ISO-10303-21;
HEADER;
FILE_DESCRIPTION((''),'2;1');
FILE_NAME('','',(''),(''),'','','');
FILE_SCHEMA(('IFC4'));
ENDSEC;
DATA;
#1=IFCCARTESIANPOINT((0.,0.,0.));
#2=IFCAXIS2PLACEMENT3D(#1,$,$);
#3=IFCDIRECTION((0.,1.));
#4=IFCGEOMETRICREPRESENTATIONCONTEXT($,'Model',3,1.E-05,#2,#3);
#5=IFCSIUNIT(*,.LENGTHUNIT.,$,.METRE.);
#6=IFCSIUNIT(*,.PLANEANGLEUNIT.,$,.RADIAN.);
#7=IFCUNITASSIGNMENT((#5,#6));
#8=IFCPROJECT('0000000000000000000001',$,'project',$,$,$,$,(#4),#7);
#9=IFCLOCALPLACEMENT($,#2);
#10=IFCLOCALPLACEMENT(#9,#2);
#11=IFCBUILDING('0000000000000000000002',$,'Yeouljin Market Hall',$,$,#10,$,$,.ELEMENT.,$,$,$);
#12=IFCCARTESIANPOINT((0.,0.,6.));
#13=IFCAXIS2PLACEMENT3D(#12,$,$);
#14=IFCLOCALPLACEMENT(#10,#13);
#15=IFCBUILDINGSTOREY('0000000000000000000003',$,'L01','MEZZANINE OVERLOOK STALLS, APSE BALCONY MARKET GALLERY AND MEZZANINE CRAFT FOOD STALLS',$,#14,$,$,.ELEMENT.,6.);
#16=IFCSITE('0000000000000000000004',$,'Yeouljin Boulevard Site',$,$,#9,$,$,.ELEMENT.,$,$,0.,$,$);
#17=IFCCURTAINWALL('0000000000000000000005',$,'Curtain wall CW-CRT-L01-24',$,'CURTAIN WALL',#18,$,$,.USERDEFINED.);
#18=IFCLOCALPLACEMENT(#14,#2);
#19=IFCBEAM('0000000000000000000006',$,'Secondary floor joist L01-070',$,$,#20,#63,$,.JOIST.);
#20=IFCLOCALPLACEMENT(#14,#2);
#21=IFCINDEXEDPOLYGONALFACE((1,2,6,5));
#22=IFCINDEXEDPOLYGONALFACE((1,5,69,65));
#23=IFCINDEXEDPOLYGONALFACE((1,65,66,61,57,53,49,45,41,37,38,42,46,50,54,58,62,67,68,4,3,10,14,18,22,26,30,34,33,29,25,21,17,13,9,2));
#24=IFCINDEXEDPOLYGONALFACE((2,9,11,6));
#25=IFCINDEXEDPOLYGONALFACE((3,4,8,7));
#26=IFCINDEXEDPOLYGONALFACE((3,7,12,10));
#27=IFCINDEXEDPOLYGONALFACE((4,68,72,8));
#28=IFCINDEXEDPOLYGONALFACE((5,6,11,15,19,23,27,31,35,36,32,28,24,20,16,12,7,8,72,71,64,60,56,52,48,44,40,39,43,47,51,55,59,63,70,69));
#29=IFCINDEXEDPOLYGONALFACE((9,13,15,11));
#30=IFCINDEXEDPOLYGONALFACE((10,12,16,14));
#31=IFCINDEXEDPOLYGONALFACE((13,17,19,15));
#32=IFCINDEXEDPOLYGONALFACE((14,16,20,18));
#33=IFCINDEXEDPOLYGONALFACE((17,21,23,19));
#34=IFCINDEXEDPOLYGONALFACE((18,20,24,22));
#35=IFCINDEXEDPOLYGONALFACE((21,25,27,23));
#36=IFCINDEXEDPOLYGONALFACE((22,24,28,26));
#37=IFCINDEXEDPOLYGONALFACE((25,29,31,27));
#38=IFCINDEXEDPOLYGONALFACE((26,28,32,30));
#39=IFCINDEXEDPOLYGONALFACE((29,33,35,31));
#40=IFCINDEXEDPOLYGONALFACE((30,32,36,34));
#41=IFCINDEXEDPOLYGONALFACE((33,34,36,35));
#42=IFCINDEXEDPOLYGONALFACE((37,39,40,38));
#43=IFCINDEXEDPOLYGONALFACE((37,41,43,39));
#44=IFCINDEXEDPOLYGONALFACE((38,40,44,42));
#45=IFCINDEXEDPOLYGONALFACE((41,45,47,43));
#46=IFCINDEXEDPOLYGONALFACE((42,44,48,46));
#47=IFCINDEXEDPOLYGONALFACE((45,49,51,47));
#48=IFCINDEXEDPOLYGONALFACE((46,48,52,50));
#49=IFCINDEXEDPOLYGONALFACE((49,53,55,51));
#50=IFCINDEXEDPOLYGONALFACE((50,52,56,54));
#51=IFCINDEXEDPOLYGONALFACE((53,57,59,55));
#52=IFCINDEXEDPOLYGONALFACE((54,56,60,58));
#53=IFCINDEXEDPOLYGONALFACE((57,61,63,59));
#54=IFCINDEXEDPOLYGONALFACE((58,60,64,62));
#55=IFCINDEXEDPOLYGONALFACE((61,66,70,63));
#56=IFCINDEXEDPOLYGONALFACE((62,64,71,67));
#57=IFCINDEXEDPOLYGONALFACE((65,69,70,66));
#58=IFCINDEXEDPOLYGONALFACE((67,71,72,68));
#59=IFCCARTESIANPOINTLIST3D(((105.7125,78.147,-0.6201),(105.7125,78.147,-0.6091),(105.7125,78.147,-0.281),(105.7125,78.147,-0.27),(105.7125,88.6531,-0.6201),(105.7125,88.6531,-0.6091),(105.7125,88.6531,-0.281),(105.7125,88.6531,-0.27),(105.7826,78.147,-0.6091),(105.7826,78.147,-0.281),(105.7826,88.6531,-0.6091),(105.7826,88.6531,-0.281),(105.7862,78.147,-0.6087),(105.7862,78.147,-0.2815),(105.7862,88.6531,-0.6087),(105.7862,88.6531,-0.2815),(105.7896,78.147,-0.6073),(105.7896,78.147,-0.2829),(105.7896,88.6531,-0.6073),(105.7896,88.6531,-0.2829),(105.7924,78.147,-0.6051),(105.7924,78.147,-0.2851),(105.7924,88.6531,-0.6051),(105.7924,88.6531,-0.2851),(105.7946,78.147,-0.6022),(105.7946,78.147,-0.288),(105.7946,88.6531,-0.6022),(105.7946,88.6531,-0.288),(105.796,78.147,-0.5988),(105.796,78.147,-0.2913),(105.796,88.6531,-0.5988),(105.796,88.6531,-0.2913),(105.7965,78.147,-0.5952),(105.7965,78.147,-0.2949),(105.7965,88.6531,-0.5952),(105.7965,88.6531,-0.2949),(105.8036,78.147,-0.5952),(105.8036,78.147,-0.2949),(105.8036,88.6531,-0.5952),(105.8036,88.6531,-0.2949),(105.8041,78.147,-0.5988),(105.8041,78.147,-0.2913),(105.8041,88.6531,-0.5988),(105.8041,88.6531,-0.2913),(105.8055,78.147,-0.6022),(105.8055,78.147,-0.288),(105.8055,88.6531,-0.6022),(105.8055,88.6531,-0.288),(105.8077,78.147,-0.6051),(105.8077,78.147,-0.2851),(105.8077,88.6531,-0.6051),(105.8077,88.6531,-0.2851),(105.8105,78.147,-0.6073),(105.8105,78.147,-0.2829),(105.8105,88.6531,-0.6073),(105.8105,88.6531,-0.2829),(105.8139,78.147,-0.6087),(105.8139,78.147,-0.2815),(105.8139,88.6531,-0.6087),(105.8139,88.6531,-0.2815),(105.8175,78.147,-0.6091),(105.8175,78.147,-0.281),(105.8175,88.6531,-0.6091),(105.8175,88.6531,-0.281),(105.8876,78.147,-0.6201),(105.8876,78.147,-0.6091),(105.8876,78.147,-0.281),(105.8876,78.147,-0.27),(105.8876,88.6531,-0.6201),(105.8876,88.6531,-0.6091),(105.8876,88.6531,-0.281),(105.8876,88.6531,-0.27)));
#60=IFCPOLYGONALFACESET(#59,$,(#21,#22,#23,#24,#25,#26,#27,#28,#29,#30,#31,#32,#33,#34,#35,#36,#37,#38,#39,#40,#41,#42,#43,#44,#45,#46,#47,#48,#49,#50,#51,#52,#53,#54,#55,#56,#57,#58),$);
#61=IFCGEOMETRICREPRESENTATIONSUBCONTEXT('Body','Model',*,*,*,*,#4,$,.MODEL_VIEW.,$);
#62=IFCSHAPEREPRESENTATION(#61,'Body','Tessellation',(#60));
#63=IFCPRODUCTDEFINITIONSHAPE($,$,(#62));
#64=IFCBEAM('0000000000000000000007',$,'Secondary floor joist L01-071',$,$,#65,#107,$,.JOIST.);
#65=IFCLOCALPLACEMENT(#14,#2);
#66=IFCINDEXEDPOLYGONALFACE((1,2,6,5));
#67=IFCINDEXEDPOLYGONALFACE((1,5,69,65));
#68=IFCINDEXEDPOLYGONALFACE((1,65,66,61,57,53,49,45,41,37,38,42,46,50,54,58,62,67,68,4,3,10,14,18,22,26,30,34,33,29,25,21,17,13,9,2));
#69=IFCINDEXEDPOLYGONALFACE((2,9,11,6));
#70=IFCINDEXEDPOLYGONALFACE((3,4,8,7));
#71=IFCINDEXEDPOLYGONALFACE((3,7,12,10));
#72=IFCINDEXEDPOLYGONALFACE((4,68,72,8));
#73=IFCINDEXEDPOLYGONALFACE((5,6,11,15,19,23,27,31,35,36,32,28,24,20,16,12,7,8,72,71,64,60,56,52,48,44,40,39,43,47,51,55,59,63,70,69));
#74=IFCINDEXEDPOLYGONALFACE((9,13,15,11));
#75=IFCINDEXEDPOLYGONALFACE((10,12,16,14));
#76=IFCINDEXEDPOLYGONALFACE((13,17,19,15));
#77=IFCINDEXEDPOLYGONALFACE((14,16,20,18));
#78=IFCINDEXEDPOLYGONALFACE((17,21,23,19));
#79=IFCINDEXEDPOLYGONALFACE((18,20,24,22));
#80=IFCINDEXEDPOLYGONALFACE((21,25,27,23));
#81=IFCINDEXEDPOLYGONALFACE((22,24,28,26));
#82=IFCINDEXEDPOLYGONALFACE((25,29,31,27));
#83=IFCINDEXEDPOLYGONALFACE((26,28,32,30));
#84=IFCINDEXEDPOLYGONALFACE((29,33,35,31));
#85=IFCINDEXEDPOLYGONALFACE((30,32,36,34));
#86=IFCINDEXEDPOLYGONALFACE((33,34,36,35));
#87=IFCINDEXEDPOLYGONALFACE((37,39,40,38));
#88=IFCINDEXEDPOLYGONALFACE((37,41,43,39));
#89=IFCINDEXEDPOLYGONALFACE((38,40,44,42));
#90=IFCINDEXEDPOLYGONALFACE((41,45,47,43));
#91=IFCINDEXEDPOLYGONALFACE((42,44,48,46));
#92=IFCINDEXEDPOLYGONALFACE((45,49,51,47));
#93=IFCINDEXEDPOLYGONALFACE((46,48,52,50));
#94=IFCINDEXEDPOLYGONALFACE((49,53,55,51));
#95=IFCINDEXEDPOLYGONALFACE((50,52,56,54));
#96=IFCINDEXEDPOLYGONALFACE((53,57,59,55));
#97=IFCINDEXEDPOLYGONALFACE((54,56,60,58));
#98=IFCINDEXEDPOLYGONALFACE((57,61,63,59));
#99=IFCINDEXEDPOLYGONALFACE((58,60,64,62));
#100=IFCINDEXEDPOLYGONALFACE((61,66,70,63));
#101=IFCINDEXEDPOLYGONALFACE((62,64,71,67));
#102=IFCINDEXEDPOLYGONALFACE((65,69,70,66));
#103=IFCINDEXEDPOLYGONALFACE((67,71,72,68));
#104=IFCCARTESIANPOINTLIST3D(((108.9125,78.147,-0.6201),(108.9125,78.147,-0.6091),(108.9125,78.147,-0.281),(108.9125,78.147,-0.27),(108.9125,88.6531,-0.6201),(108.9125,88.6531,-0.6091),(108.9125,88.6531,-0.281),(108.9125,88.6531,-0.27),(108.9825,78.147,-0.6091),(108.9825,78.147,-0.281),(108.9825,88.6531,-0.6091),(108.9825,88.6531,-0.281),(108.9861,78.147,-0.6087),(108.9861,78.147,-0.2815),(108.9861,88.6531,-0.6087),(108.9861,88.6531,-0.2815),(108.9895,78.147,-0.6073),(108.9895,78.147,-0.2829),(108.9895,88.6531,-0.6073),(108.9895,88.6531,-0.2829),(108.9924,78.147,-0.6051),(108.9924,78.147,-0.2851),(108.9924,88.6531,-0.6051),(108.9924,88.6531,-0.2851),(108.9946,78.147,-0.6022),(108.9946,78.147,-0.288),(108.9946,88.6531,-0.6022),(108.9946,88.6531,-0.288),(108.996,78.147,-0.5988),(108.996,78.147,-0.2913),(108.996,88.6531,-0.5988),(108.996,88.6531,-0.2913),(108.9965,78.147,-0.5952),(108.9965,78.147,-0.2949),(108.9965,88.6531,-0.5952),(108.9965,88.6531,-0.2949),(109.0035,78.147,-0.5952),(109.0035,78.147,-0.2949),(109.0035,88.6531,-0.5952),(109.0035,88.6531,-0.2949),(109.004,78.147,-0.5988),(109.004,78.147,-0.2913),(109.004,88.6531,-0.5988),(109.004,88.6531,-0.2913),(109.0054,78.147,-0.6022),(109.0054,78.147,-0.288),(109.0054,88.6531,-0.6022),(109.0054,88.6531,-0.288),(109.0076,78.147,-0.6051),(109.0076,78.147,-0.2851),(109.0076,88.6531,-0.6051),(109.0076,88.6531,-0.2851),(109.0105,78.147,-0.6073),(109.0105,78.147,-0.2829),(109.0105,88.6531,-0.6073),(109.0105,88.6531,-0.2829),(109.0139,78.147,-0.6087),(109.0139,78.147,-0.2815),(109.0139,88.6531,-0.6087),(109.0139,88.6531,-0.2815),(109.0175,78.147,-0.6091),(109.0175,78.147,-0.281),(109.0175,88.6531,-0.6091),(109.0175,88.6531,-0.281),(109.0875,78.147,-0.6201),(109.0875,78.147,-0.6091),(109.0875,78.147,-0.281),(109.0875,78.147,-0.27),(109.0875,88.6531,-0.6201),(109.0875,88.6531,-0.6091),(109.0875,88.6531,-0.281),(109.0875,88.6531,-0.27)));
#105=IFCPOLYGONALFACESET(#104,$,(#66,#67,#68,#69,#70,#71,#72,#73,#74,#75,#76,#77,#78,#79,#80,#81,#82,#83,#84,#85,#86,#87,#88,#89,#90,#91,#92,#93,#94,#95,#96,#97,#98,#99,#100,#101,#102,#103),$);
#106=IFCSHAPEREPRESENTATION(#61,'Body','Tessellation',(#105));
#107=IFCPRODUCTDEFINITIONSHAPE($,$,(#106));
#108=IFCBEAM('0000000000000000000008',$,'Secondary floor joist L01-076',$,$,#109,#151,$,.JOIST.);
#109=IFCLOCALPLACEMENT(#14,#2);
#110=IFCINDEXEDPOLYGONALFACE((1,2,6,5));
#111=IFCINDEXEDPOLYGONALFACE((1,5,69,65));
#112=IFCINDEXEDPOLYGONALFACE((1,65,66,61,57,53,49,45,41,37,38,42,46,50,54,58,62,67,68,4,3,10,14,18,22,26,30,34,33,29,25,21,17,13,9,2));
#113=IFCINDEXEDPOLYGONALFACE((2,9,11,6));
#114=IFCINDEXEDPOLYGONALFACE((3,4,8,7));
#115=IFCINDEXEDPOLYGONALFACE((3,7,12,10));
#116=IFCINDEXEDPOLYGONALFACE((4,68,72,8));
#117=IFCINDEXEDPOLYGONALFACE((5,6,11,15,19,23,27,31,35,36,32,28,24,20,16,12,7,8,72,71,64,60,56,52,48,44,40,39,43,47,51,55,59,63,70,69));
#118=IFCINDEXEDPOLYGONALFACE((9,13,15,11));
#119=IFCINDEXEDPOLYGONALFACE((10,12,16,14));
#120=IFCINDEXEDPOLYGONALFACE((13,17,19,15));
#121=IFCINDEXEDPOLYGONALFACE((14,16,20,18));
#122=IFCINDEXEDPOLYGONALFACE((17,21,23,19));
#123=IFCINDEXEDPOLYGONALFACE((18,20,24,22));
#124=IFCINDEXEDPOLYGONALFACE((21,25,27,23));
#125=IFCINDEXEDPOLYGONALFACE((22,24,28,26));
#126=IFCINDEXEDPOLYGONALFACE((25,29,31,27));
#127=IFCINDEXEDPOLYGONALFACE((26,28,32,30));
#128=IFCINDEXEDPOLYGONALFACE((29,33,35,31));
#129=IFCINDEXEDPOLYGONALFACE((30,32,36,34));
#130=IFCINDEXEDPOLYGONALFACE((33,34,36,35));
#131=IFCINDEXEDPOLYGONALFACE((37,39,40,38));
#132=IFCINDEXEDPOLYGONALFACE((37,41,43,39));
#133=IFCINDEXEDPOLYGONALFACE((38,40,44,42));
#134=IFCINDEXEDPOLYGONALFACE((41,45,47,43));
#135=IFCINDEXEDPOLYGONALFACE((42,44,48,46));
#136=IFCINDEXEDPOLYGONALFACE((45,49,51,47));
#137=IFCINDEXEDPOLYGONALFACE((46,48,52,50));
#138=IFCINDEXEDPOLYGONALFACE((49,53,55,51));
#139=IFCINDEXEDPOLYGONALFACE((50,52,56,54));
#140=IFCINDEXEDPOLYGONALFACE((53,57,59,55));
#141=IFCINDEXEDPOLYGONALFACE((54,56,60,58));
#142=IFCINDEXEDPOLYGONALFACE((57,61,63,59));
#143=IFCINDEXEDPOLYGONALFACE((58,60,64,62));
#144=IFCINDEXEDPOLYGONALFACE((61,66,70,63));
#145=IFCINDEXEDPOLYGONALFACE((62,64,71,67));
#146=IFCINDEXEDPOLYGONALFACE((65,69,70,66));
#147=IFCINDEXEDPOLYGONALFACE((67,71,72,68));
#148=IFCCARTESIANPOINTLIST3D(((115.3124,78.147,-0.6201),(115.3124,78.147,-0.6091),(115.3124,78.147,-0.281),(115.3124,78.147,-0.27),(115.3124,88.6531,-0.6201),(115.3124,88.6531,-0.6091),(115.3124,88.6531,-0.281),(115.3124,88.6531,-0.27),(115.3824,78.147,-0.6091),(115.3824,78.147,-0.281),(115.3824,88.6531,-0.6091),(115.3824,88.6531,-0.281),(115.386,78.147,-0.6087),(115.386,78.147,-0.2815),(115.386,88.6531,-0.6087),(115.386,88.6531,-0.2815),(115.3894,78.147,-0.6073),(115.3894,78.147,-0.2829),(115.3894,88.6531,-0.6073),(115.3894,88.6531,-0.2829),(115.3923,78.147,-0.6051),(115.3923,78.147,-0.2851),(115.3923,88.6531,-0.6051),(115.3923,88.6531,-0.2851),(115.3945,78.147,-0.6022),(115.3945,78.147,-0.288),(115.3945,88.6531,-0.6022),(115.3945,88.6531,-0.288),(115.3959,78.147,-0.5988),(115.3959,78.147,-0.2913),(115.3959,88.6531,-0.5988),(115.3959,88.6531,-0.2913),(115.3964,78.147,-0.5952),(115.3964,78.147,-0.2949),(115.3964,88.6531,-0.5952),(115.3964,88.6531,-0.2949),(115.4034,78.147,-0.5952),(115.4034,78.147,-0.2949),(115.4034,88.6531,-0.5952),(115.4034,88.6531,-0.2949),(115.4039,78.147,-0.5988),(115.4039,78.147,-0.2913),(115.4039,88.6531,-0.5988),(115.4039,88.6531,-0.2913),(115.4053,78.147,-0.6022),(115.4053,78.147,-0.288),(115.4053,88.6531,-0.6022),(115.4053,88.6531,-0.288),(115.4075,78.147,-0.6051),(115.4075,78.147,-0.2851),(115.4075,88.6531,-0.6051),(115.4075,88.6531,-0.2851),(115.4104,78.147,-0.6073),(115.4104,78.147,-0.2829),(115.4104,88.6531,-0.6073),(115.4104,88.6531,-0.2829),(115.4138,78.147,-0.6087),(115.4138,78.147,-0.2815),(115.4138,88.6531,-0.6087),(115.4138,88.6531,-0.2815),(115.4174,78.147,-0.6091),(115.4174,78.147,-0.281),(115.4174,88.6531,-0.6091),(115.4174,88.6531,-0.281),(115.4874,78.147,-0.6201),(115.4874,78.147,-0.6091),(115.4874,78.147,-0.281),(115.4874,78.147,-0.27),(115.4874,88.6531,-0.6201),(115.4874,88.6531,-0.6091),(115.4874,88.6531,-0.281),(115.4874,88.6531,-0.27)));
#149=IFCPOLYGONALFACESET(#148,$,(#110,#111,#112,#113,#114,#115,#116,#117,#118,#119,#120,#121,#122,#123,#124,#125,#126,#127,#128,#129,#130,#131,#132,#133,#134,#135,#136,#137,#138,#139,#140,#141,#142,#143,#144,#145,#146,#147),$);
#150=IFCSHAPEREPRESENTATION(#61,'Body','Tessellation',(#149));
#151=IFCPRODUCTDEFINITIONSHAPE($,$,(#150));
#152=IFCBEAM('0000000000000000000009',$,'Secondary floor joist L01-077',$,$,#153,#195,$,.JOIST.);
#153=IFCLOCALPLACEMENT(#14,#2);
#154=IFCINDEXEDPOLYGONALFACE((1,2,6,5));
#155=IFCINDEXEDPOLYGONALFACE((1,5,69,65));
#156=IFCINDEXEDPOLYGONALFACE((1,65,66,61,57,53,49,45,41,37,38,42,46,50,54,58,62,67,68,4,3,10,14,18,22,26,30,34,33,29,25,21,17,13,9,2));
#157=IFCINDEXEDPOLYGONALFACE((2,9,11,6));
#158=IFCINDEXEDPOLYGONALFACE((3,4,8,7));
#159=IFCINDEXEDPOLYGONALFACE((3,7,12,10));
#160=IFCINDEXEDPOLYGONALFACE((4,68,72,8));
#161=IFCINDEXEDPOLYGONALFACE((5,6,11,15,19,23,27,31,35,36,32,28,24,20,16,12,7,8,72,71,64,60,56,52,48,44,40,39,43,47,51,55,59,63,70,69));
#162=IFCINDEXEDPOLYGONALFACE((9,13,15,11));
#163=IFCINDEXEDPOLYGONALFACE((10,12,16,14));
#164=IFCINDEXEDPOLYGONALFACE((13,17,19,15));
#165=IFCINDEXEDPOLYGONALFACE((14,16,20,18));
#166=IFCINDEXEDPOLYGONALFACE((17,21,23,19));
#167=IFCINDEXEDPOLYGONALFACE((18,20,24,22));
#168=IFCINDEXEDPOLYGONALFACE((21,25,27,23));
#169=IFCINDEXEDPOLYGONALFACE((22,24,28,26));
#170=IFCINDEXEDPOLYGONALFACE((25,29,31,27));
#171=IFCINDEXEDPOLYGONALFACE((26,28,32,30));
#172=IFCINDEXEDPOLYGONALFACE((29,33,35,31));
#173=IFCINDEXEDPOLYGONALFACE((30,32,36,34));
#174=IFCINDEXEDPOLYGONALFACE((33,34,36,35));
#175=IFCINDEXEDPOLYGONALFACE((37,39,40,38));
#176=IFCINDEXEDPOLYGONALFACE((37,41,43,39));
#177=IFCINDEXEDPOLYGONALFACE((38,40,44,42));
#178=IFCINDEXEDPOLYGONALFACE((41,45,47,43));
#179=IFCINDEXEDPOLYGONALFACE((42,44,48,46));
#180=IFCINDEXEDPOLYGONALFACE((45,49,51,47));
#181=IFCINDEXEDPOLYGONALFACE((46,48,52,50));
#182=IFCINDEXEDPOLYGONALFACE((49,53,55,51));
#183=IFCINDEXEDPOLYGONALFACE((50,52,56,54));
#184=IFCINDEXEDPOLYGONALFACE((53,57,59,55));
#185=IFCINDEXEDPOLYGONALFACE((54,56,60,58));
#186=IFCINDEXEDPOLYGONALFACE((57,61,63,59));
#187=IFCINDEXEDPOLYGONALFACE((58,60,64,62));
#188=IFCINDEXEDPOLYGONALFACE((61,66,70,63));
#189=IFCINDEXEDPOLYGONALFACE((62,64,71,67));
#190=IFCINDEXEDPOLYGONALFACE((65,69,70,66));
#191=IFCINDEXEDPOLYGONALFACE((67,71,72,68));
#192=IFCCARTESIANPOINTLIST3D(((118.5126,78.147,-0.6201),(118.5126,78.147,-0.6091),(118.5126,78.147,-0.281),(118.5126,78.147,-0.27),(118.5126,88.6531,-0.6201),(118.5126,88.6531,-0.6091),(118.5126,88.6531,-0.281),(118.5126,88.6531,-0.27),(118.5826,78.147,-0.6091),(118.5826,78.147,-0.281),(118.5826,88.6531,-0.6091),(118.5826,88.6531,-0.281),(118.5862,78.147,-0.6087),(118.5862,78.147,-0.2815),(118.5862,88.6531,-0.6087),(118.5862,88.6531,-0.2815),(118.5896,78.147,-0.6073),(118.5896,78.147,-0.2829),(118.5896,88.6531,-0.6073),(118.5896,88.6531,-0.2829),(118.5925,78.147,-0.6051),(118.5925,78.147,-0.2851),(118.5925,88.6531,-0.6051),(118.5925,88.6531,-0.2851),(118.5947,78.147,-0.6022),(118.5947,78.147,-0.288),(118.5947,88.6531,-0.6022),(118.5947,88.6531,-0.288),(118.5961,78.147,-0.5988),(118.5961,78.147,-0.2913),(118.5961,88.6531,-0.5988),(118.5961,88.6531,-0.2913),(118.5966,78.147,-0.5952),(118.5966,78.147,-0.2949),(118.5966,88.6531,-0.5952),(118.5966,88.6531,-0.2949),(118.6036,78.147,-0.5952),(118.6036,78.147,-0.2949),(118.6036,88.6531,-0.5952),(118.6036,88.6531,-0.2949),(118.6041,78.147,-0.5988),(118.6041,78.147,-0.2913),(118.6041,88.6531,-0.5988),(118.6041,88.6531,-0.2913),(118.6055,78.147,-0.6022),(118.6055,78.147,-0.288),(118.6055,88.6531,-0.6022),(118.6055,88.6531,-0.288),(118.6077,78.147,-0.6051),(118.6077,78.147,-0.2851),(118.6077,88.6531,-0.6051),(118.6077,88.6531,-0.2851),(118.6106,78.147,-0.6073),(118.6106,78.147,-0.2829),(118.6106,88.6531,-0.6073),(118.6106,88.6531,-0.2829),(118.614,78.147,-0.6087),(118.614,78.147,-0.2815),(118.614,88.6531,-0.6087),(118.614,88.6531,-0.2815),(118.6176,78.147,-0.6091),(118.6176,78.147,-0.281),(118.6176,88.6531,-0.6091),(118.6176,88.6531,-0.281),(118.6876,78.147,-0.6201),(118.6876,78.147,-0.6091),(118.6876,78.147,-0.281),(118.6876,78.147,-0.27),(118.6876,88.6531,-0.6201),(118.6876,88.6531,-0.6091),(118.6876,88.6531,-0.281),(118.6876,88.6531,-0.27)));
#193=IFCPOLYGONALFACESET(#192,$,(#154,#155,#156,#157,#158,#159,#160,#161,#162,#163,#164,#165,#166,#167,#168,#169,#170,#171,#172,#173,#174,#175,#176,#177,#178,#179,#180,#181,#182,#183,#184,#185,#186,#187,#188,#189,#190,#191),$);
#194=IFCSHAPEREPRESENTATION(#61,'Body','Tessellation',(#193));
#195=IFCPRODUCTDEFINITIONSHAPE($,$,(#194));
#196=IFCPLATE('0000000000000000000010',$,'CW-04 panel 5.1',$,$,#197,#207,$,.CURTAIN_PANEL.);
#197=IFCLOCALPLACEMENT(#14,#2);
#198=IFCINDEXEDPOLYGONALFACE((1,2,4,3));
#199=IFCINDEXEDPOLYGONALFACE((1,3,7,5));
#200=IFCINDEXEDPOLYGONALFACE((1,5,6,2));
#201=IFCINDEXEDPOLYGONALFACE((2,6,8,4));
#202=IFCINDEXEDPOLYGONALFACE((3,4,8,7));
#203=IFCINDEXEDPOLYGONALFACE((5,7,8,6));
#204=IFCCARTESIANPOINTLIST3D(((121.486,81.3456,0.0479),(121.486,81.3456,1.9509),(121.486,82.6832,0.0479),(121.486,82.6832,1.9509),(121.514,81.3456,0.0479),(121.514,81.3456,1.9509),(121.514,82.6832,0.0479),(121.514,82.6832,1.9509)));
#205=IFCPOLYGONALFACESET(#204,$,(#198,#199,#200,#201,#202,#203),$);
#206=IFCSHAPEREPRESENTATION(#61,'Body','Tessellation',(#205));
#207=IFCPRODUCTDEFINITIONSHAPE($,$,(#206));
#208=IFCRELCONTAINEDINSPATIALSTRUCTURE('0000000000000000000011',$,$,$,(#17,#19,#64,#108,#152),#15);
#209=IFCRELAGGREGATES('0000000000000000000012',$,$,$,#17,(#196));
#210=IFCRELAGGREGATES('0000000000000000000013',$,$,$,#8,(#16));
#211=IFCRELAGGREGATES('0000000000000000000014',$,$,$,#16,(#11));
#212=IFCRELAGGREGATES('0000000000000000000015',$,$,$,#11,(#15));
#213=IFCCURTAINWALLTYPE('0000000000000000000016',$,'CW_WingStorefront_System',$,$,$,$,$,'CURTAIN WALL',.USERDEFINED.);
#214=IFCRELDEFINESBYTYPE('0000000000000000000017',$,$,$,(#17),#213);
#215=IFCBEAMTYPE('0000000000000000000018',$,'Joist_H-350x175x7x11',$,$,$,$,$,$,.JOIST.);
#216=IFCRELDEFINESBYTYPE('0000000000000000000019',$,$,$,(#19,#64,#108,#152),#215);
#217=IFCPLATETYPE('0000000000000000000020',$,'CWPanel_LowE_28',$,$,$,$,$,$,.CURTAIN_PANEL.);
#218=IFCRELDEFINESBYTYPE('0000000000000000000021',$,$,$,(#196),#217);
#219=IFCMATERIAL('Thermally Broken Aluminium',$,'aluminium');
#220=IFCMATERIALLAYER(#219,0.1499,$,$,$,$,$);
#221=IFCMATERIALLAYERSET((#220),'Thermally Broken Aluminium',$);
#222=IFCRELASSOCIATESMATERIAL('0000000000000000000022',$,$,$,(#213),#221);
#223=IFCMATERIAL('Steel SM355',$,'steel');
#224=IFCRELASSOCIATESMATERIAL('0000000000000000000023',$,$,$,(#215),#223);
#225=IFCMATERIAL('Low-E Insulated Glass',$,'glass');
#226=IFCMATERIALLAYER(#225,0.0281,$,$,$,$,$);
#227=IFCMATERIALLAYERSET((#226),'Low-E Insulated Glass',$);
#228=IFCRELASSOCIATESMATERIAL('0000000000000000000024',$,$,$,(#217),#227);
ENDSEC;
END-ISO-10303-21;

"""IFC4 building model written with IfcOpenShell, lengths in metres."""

from ifc_helpers import new_model, si_unit, direction, frame, origin, origin_2d, place, context, subcontext, project, spatial, rectangle, i_section, extrude, material, layer, layer_set, material_profile, profile_set, type_object, element, aggregate, save


model = new_model("IFC4")

# Units and contexts
model_context = context("Model", 3, precision=1e-05, world=origin(), true_north=direction((0.0, 1.0)))
body_context = subcontext(model_context, "Body", "Model", "MODEL_VIEW")
ifc_project = project(units=[si_unit("LENGTHUNIT", "METRE"), si_unit("PLANEANGLEUNIT", "RADIAN")], contexts=[model_context])

# Site, building, storey
site_placement = place(None, origin())
site = spatial("IfcSite", under=ifc_project, at=site_placement, Name="Yeouljin Boulevard Site", CompositionType="ELEMENT", RefElevation=0.0)
building_placement = place(site_placement, origin())
building = spatial("IfcBuilding", under=site, at=building_placement, Name="Yeouljin Market Hall", CompositionType="ELEMENT")
storey_placement = place(building_placement, frame((0.0, 0.0, 6.0)))
storey = spatial("IfcBuildingStorey", under=building, at=storey_placement, Name="L01", Description="MEZZANINE OVERLOOK STALLS, APSE BALCONY MARKET GALLERY AND MEZZANINE CRAFT FOOD STALLS", CompositionType="ELEMENT", Elevation=6.0)

# Curtain wall
ifc_material_1 = material(Name="Thermally Broken Aluminium", Category="aluminium")
ifc_layer_1 = layer(ifc_material_1, 0.1499)
ifc_layer_set_1 = layer_set([ifc_layer_1], Name="Thermally Broken Aluminium")
curtain_wall_type = type_object("IfcCurtainWallType", Name="CW_WingStorefront_System", ElementType="CURTAIN WALL", PredefinedType="USERDEFINED", material=ifc_layer_set_1)
curtain_wall_placement = place(storey_placement, origin())
curtain_wall = element("IfcCurtainWall", 1, at=curtain_wall_placement, inside=storey, type_object=curtain_wall_type, Name="Curtain wall CW-CRT-L01-24", ObjectType="CURTAIN WALL", PredefinedType="USERDEFINED")

# Beams
ifc_material_2 = material(Name="Steel SM355", Category="steel")
ifc_material_profile_1 = material_profile(ifc_material_2, i_section(OverallWidth=0.175, OverallDepth=0.3501, WebThickness=0.0071, FlangeThickness=0.011, FilletRadius=0.0139, at=origin_2d()), Name="H-350x175x7x11")
ifc_profile_set_1 = profile_set([ifc_material_profile_1], Name="Steel SM355")
beam_type_1 = type_object("IfcBeamType", Name="Joist_H-350x175x7x11", PredefinedType="JOIST", material=ifc_profile_set_1)
for number, where, z_axis, x_axis, name in (
    (2, (105.8, 78.147, -0.4451), (0.0, 1.0, 0.0), (-1.0, 0.0, 0.0), "Secondary floor joist L01-070"),
    (3, (109.0, 78.147, -0.4451), (0.0, 1.0, 0.0), (-1.0, 0.0, 0.0), "Secondary floor joist L01-071"),
    (4, (115.3999, 78.147, -0.4451), (0.0, 1.0, 0.0), (-1.0, 0.0, 0.0), "Secondary floor joist L01-076"),
    (5, (118.6001, 78.147, -0.4451), (0.0, 1.0, 0.0), (-1.0, 0.0, 0.0), "Secondary floor joist L01-077"),
):
    element("IfcBeam", number, at=place(storey_placement, frame(where, z_axis=z_axis, x_axis=x_axis)), inside=storey, type_object=beam_type_1, Name=name, PredefinedType="JOIST", context=body_context, shape_type="SweptSolid", body=[
        extrude(i_section(OverallWidth=0.175, OverallDepth=0.3501, WebThickness=0.0071, FlangeThickness=0.011, FilletRadius=0.0139, at=origin_2d()), origin(), (0.0, 0.0, 1.0), 10.5061),
    ])

# Plate
ifc_material_3 = material(Name="Low-E Insulated Glass", Category="glass")
ifc_layer_2 = layer(ifc_material_3, 0.0281)
ifc_layer_set_2 = layer_set([ifc_layer_2], Name="Low-E Insulated Glass")
plate_type = type_object("IfcPlateType", Name="CWPanel_LowE_28", PredefinedType="CURTAIN_PANEL", material=ifc_layer_set_2)
plate_1_placement = place(storey_placement, frame((121.5, 82.0144, 0.0479), z_axis=(0.0, 0.0, 1.0), x_axis=(0.0, -1.0, 0.0)))
plate_1 = element("IfcPlate", 6, at=plate_1_placement, type_object=plate_type, Name="CW-04 panel 5.1", PredefinedType="CURTAIN_PANEL", context=body_context, shape_type="SweptSolid", body=[
    extrude(rectangle(XDim=1.3376, YDim=0.0281, at=origin_2d()), origin(), (0.0, 0.0, 1.0), 1.9031),
])
aggregate(curtain_wall, [plate_1])

save(model, "model.ifc")
